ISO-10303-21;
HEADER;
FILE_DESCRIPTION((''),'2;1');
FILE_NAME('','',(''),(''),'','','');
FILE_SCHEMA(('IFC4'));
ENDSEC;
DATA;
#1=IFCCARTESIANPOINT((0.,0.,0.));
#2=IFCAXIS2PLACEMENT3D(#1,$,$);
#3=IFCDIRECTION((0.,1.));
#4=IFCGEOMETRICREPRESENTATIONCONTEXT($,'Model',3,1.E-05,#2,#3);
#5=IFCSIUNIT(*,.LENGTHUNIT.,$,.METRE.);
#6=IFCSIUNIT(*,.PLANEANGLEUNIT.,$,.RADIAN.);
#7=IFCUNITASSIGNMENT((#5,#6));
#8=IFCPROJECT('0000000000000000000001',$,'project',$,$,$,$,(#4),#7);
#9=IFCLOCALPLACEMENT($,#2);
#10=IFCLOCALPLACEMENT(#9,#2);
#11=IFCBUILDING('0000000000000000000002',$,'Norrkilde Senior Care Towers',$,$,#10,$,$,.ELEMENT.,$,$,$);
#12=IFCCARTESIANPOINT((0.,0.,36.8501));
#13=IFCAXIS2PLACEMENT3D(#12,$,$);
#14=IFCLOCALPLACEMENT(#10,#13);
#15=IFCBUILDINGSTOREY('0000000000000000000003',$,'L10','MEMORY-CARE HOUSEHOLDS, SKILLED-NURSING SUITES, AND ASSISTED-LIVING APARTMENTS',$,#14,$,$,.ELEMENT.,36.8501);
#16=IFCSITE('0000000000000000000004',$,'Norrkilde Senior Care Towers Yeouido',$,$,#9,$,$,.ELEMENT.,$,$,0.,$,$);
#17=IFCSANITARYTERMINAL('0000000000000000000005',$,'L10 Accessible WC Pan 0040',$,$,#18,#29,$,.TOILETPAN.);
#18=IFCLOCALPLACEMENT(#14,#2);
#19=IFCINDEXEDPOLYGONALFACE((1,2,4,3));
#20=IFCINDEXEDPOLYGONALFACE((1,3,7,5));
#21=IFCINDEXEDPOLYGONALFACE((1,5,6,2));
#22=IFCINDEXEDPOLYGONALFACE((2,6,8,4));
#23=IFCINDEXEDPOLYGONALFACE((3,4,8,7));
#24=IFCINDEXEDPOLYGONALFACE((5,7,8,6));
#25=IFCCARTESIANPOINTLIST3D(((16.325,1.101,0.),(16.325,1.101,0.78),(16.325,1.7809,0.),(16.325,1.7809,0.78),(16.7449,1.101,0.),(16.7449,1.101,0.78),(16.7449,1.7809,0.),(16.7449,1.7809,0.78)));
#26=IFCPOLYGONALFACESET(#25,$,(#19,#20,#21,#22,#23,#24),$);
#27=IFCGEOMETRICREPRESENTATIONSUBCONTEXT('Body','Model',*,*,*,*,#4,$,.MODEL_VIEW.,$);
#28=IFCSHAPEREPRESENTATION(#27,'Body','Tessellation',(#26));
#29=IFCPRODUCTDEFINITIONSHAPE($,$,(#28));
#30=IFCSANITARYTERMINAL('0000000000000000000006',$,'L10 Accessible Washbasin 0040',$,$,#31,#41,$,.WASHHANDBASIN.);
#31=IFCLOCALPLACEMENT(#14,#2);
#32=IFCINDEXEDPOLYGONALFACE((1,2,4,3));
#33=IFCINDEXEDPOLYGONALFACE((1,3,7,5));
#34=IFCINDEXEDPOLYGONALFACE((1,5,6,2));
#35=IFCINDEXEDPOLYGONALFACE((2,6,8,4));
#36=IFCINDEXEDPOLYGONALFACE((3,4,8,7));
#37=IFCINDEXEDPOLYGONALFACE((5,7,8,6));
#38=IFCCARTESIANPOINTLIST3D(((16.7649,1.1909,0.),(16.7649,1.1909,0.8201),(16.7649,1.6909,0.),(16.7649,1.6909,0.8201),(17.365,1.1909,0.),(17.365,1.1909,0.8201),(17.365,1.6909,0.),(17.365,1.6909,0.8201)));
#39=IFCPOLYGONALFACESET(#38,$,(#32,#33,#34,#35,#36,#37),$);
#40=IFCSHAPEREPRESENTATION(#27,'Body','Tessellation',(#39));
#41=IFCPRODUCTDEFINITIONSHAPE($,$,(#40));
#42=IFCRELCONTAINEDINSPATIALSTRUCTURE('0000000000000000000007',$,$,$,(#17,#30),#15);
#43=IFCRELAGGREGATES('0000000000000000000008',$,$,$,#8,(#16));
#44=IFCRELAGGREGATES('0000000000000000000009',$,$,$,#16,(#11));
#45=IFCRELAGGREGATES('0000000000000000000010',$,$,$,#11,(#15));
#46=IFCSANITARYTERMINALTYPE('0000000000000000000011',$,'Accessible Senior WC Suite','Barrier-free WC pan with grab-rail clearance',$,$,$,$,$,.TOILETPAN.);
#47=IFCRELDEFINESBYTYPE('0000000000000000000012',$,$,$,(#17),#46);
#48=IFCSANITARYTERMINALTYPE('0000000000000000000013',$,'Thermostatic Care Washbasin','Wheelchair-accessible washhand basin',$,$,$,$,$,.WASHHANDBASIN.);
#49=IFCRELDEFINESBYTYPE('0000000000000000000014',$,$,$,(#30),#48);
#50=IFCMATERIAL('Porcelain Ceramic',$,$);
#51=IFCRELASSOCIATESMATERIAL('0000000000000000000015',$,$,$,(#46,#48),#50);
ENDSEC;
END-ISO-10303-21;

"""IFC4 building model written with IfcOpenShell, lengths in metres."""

from ifc_helpers import new_model, si_unit, direction, frame, origin, origin_2d, place, context, subcontext, project, spatial, rectangle, extrude, source, transform, mapped, material, type_object, type_shapes, element, save


model = new_model("IFC4")

# Units and contexts
model_context = context("Model", 3, precision=1e-05, world=origin(), true_north=direction((0.0, 1.0)))
body_context = subcontext(model_context, "Body", "Model", "MODEL_VIEW")
ifc_project = project(units=[si_unit("LENGTHUNIT", "METRE"), si_unit("PLANEANGLEUNIT", "RADIAN")], contexts=[model_context])

# Site, building, storey
site_placement = place(None, origin())
site = spatial("IfcSite", under=ifc_project, at=site_placement, Name="Norrkilde Senior Care Towers Yeouido", CompositionType="ELEMENT", RefElevation=0.0)
building_placement = place(site_placement, origin())
building = spatial("IfcBuilding", under=site, at=building_placement, Name="Norrkilde Senior Care Towers", CompositionType="ELEMENT")
storey_placement = place(building_placement, frame((0.0, 0.0, 36.8501)))
storey = spatial("IfcBuildingStorey", under=building, at=storey_placement, Name="L10", Description="MEMORY-CARE HOUSEHOLDS, SKILLED-NURSING SUITES, AND ASSISTED-LIVING APARTMENTS", CompositionType="ELEMENT", Elevation=36.8501)

# Sanitary terminals
ifc_material_1 = material(Name="Porcelain Ceramic")
sanitary_terminal_type_1 = type_object("IfcSanitaryTerminalType", Name="Accessible Senior WC Suite", Description="Barrier-free WC pan with grab-rail clearance", PredefinedType="TOILETPAN", material=ifc_material_1)
shared_shape_1 = source(origin(), body_context, "Body", "SweptSolid", [
    extrude(rectangle(XDim=0.4199, YDim=0.6799, at=origin_2d()), origin(), (0.0, 0.0, 1.0), 0.78),
])
type_shapes(sanitary_terminal_type_1, [shared_shape_1])
sanitary_terminal_1_placement = place(storey_placement, frame((16.5349, 1.4409, 0.0), z_axis=(0.0, 0.0, 1.0), x_axis=(1.0, 0.0, 0.0)))
element("IfcSanitaryTerminal", 1, at=sanitary_terminal_1_placement, inside=storey, type_object=sanitary_terminal_type_1, Name="L10 Accessible WC Pan 0040", PredefinedType="TOILETPAN", context=body_context, shape_type="MappedRepresentation", body=[
    mapped(shared_shape_1, transform((0.0, 0.0, 0.0), x_axis=(1.0, 0.0, 0.0), y_axis=(0.0, 1.0, 0.0), z_axis=(0.0, 0.0, 1.0), scale=1.0)),
])
sanitary_terminal_type_2 = type_object("IfcSanitaryTerminalType", Name="Thermostatic Care Washbasin", Description="Wheelchair-accessible washhand basin", PredefinedType="WASHHANDBASIN", material=ifc_material_1)
shared_shape_2 = source(origin(), body_context, "Body", "SweptSolid", [
    extrude(rectangle(XDim=0.6001, YDim=0.5, at=origin_2d()), origin(), (0.0, 0.0, 1.0), 0.8201),
])
type_shapes(sanitary_terminal_type_2, [shared_shape_2])
sanitary_terminal_2_placement = place(storey_placement, frame((17.0649, 1.4409, 0.0), z_axis=(0.0, 0.0, 1.0), x_axis=(1.0, 0.0, 0.0)))
element("IfcSanitaryTerminal", 2, at=sanitary_terminal_2_placement, inside=storey, type_object=sanitary_terminal_type_2, Name="L10 Accessible Washbasin 0040", PredefinedType="WASHHANDBASIN", context=body_context, shape_type="MappedRepresentation", body=[
    mapped(shared_shape_2, transform((0.0, 0.0, 0.0), x_axis=(1.0, 0.0, 0.0), y_axis=(0.0, 1.0, 0.0), z_axis=(0.0, 0.0, 1.0), scale=1.0)),
])

save(model, "model.ifc")
